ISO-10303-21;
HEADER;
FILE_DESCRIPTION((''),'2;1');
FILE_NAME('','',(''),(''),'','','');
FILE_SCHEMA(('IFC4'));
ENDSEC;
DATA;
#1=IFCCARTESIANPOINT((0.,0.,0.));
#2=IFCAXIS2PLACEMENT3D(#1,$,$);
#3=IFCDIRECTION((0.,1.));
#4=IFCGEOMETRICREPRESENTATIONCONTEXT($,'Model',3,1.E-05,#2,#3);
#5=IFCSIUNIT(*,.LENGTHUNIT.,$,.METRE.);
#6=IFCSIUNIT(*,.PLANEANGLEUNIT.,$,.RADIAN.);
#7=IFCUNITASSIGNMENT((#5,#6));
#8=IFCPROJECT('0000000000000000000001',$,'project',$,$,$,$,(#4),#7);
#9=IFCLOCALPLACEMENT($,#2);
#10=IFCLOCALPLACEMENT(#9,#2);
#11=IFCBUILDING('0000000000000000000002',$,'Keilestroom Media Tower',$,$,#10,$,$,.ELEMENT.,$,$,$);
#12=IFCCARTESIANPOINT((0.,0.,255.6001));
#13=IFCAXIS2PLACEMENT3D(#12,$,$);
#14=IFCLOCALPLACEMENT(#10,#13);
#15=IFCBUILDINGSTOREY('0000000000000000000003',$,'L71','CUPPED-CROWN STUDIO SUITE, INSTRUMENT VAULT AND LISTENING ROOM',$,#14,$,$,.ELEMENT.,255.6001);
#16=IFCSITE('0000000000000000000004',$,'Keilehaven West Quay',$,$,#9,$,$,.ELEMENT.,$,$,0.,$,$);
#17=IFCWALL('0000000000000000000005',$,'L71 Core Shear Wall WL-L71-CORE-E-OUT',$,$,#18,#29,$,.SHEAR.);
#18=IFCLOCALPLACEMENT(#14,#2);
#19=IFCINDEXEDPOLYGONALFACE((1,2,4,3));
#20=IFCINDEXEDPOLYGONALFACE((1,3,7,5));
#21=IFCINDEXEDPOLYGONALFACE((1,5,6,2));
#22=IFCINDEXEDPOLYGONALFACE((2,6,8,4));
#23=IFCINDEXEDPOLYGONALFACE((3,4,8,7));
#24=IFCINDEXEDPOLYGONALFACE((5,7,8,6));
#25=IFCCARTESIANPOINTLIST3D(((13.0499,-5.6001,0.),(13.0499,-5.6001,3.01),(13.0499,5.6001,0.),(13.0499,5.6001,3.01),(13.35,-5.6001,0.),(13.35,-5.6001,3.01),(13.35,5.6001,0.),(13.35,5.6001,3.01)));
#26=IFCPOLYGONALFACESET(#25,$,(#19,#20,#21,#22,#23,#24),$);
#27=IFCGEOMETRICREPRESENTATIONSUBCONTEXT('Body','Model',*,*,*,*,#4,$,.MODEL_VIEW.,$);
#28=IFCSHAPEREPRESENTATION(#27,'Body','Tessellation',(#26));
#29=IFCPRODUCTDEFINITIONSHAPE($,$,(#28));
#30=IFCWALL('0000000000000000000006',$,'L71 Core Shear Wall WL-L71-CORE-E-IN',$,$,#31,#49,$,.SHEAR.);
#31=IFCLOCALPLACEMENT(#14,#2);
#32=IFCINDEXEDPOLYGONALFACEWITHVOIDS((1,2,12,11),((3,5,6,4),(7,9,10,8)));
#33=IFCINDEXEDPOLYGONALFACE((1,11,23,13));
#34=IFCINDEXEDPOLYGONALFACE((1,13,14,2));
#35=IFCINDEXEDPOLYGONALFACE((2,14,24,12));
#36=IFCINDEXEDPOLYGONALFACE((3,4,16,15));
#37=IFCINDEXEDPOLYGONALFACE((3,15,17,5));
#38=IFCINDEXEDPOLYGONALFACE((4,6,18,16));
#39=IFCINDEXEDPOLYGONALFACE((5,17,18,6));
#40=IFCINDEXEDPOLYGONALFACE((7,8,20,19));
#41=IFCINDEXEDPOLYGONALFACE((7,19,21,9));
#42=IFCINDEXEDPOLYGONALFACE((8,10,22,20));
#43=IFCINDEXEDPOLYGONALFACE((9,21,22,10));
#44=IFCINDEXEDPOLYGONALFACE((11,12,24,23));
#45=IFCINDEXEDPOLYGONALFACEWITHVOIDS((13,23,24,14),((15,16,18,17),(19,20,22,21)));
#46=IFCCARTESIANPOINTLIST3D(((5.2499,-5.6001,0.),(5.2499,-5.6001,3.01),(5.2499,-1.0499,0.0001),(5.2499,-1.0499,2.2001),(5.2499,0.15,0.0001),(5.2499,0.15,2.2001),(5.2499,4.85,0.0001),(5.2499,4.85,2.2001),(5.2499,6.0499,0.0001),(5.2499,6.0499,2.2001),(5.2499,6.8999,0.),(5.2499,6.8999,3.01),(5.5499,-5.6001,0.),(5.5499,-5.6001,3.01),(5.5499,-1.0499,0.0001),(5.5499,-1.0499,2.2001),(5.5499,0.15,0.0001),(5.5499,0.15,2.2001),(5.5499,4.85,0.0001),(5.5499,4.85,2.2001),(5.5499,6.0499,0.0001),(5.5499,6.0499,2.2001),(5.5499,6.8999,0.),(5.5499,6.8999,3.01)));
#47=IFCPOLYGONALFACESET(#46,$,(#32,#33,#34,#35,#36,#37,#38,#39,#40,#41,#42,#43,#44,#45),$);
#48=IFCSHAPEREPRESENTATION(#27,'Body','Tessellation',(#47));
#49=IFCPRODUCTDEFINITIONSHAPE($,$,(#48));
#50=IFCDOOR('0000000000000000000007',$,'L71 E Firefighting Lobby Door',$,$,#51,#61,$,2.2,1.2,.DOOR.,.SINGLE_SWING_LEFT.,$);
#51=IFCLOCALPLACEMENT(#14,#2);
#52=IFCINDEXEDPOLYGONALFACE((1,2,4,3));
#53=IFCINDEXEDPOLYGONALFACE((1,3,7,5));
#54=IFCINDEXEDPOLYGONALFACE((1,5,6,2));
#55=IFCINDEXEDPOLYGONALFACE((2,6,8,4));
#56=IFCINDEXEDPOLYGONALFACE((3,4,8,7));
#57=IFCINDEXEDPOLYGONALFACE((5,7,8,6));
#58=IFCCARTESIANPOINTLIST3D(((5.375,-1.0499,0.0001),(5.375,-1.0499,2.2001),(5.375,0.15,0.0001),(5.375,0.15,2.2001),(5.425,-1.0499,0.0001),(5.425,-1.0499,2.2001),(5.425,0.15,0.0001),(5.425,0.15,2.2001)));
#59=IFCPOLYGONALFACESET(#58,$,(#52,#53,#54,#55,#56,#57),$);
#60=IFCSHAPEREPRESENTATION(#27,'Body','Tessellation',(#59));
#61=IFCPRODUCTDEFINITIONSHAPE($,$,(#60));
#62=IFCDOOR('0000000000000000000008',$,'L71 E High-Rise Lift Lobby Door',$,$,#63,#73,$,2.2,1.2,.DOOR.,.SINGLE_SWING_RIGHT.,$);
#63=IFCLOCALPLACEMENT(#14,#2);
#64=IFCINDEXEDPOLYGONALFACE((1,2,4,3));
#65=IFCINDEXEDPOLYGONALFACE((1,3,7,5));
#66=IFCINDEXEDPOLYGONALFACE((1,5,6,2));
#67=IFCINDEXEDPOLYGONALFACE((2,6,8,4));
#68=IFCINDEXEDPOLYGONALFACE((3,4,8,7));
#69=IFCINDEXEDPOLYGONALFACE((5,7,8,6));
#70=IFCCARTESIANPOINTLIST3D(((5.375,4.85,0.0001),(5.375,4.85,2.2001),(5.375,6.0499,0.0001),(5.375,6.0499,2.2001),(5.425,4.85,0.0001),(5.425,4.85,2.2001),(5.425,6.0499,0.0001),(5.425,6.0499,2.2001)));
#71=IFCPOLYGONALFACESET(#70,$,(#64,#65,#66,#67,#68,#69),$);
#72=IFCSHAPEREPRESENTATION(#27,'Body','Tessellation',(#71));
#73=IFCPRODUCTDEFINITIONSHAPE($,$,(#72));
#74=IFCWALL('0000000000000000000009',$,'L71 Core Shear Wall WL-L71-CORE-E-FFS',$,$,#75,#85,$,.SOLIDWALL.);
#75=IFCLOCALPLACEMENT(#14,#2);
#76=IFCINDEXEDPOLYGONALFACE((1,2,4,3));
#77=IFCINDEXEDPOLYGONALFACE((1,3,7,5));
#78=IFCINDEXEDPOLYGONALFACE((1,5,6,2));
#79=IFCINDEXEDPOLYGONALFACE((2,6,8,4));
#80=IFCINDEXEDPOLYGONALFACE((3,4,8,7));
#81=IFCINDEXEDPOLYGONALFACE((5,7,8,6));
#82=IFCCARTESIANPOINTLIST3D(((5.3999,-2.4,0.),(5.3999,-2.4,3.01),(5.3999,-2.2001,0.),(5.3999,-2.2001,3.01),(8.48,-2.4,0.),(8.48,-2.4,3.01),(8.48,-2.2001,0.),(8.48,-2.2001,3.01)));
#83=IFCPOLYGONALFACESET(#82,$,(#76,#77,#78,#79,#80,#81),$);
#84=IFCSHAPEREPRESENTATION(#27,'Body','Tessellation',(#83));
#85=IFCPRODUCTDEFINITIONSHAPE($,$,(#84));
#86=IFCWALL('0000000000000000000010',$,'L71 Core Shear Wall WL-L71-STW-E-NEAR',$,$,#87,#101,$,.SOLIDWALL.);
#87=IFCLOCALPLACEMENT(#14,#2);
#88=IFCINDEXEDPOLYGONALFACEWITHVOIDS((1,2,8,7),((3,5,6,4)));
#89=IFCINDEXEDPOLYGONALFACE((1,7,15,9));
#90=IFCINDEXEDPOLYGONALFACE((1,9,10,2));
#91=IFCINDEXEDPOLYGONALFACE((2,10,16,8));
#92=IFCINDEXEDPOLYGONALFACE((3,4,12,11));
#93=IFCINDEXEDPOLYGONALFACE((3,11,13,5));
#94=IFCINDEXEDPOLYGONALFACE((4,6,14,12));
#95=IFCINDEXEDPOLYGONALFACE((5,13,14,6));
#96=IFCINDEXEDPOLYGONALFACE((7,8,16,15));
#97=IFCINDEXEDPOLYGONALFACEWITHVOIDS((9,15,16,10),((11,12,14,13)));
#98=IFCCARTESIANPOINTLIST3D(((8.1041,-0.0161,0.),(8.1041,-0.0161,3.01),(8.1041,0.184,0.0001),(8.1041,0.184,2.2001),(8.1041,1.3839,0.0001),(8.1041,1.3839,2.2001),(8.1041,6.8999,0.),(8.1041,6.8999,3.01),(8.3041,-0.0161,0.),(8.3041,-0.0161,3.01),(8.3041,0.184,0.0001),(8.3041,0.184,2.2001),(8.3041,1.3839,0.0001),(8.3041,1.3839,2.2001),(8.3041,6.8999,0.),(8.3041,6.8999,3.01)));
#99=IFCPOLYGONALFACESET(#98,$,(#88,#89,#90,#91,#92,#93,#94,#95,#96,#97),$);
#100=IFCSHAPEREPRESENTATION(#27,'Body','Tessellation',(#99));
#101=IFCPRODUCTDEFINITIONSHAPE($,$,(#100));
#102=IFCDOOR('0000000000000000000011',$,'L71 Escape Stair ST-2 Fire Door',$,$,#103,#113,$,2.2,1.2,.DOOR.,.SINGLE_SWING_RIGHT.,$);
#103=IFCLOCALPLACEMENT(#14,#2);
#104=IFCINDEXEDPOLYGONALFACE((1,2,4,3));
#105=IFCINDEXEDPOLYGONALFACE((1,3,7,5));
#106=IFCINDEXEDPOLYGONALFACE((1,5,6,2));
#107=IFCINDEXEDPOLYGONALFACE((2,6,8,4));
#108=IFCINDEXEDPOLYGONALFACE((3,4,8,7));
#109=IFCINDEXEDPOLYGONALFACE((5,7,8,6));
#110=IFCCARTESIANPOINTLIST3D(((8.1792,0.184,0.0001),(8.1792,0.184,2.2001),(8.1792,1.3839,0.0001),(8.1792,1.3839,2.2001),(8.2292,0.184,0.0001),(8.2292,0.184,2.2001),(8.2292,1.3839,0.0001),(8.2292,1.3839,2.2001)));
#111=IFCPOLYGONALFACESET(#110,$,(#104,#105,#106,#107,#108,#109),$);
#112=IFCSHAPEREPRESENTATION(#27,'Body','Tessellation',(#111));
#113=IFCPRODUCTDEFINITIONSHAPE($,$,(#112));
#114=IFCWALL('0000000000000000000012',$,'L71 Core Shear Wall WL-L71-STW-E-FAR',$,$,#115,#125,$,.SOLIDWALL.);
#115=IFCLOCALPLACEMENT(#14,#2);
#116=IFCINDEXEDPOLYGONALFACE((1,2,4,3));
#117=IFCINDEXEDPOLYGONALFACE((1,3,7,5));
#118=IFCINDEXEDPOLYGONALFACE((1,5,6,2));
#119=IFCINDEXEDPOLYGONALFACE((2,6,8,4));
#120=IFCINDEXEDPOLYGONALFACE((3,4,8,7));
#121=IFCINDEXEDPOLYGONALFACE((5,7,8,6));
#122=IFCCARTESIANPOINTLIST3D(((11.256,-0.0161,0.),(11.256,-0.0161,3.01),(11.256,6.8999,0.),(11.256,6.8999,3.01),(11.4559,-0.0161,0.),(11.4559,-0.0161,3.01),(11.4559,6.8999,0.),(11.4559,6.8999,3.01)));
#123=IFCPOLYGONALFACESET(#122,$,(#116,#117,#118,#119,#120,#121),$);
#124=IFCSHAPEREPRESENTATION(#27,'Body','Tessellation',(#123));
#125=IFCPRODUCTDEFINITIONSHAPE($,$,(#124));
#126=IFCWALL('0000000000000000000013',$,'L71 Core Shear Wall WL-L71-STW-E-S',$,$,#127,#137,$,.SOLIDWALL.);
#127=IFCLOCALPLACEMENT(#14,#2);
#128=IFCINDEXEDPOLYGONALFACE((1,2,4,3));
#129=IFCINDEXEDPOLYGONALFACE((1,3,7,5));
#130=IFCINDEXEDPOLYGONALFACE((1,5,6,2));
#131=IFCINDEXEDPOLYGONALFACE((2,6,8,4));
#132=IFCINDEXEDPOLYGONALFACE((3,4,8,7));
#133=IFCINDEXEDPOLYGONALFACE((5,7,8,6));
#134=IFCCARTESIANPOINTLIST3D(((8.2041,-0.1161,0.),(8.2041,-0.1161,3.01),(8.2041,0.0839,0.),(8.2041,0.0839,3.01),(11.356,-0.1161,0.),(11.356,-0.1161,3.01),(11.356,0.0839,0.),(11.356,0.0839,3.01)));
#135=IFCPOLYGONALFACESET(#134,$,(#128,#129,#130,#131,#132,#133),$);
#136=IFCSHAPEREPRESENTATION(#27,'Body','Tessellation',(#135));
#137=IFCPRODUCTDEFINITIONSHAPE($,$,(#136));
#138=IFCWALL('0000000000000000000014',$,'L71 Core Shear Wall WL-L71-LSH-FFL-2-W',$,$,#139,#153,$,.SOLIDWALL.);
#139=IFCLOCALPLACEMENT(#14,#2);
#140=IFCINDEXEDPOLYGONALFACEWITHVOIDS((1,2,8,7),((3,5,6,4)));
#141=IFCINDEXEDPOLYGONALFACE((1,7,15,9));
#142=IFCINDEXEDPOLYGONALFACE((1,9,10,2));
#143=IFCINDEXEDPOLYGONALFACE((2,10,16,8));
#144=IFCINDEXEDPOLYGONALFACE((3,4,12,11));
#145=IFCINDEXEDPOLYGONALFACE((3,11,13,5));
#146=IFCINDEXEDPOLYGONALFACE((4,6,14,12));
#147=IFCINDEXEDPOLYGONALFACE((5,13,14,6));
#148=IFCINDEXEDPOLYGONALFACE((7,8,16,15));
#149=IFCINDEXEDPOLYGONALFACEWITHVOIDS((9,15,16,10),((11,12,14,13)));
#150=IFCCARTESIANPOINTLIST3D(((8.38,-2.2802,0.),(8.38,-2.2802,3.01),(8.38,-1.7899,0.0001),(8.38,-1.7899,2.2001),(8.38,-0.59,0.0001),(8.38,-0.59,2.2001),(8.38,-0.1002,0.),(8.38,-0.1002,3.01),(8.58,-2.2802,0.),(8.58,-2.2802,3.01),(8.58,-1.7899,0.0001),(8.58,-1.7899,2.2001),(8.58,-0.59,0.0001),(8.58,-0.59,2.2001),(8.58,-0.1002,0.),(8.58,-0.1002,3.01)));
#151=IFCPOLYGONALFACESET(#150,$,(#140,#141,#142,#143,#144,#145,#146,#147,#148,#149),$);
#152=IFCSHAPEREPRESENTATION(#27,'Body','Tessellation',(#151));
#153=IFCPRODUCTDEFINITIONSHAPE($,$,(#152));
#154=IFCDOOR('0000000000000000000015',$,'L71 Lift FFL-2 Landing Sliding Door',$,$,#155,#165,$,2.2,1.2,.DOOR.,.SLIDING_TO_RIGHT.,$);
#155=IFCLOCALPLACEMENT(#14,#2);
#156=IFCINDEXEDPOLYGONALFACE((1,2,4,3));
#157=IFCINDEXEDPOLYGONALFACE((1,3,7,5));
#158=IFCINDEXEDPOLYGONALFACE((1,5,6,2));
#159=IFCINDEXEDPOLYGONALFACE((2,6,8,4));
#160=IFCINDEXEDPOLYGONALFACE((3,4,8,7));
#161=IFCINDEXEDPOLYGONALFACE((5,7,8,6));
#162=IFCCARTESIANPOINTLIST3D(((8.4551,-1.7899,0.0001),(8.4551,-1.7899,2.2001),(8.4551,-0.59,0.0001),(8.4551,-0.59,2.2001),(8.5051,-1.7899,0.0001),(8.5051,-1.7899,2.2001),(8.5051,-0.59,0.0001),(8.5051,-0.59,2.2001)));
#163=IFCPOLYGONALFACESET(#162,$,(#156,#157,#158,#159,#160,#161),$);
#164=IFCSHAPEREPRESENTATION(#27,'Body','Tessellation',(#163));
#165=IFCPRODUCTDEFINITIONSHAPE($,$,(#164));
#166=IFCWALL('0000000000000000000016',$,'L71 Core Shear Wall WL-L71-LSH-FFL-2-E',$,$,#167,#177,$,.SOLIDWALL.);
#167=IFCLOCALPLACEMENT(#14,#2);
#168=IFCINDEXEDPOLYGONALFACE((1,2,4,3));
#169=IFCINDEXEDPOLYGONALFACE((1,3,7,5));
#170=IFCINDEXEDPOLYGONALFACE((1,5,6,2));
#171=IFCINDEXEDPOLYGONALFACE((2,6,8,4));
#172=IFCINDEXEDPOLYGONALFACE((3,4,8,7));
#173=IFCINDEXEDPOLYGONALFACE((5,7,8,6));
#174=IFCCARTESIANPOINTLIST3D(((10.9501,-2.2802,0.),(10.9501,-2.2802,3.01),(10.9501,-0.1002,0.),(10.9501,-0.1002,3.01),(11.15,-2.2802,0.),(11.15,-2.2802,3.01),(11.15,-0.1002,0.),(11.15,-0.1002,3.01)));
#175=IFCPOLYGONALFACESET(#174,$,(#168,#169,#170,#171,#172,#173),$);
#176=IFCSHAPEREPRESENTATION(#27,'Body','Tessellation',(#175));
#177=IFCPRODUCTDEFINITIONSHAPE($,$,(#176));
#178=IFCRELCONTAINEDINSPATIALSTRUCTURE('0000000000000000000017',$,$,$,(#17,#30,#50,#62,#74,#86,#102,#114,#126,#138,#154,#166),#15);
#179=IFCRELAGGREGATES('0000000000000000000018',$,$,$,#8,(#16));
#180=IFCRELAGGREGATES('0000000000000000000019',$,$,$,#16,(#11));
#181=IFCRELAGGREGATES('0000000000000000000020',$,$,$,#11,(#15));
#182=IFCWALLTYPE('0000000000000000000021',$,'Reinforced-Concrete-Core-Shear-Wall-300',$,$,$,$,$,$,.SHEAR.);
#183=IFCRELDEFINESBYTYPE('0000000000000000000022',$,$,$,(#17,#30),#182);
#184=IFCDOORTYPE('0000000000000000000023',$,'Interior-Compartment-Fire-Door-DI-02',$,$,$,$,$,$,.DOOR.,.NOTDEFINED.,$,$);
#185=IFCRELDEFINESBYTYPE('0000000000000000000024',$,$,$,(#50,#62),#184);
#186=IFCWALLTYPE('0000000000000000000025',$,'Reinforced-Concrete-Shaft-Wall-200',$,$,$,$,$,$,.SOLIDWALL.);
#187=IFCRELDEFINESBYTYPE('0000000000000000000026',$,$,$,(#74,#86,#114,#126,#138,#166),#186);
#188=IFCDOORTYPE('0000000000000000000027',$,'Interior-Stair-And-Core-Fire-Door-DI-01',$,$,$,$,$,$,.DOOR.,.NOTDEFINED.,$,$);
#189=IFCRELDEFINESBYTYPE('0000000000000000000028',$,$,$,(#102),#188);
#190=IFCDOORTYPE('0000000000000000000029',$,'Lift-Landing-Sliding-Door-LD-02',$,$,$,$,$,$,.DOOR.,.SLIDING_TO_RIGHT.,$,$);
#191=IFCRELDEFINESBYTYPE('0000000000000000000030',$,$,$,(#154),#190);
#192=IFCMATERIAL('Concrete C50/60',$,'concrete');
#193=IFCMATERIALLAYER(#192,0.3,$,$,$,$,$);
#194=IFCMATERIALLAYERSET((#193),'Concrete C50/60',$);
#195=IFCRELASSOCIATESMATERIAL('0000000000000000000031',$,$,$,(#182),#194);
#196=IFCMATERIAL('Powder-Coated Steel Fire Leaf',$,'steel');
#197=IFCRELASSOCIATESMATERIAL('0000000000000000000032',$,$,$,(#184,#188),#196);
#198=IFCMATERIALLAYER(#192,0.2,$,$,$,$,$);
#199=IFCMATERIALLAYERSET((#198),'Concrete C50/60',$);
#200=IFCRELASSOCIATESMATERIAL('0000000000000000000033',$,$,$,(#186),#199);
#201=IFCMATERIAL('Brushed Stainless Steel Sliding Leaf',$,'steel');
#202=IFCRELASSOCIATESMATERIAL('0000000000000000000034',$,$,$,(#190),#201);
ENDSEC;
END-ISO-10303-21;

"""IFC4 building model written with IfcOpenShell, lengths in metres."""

from ifc_helpers import new_model, si_unit, direction, frame, frame_2d, origin, place, context, subcontext, project, spatial, rectangle, extrude, source, transform, mapped, material, layer, layer_set, type_object, element, fill, save


model = new_model("IFC4")

# Units and contexts
model_context = context("Model", 3, precision=1e-05, world=origin(), true_north=direction((0.0, 1.0)))
body_context = subcontext(model_context, "Body", "Model", "MODEL_VIEW")
ifc_project = project(units=[si_unit("LENGTHUNIT", "METRE"), si_unit("PLANEANGLEUNIT", "RADIAN")], contexts=[model_context])

# Site, building, storey
site_placement = place(None, origin())
site = spatial("IfcSite", under=ifc_project, at=site_placement, Name="Keilehaven West Quay", CompositionType="ELEMENT", RefElevation=0.0)
building_placement = place(site_placement, origin())
building = spatial("IfcBuilding", under=site, at=building_placement, Name="Keilestroom Media Tower", CompositionType="ELEMENT")
storey_placement = place(building_placement, frame((0.0, 0.0, 255.6001)))
storey = spatial("IfcBuildingStorey", under=building, at=storey_placement, Name="L71", Description="CUPPED-CROWN STUDIO SUITE, INSTRUMENT VAULT AND LISTENING ROOM", CompositionType="ELEMENT", Elevation=255.6001)

# Shared definitions
ifc_material_1 = material(Name="Concrete C50/60", Category="concrete")

# Wall
ifc_layer_1 = layer(ifc_material_1, 0.3)
ifc_layer_set_1 = layer_set([ifc_layer_1], Name="Concrete C50/60")
wall_type_1 = type_object("IfcWallType", Name="Reinforced-Concrete-Core-Shear-Wall-300", PredefinedType="SHEAR", material=ifc_layer_set_1)
wall_1_placement = place(storey_placement, frame((13.2, -5.6001, 0.0), z_axis=(0.0, 0.0, 1.0), x_axis=(0.0, 1.0, 0.0)))
element("IfcWall", 1, at=wall_1_placement, inside=storey, type_object=wall_type_1, Name="L71 Core Shear Wall WL-L71-CORE-E-OUT", PredefinedType="SHEAR", context=body_context, shape_type="SweptSolid", body=[
    extrude(rectangle(XDim=11.2002, YDim=0.3, at=frame_2d((5.6001, 0.0))), origin(), (0.0, 0.0, 1.0), 3.01),
])

# Wall, openings, doors
wall_2_placement = place(storey_placement, frame((5.3999, -5.6001, 0.0), z_axis=(0.0, 0.0, 1.0), x_axis=(0.0, 1.0, 0.0)))
wall_2 = element("IfcWall", 2, at=wall_2_placement, inside=storey, type_object=wall_type_1, Name="L71 Core Shear Wall WL-L71-CORE-E-IN", PredefinedType="SHEAR", context=body_context, shape_type="SweptSolid", body=[
    extrude(rectangle(XDim=12.5, YDim=0.3, at=frame_2d((6.25, 0.0))), origin(), (0.0, 0.0, 1.0), 3.01),
])
opening_1_placement = place(wall_2_placement, frame((4.55, 0.0, 0.0)))
opening_1 = element("IfcOpeningElement", 3, at=opening_1_placement, cuts=wall_2, PredefinedType="OPENING", context=body_context, shape_type="SweptSolid", body=[
    extrude(rectangle(XDim=1.2, YDim=2.2, at=frame_2d((0.6001, 1.1001))), frame((0.0, 0.1602, 0.0), z_axis=(0.0, -1.0, 0.0), x_axis=(1.0, 0.0, 0.0)), (0.0, 0.0, 1.0), 0.3201),
])
opening_2_placement = place(wall_2_placement, frame((10.45, 0.0, 0.0)))
opening_2 = element("IfcOpeningElement", 4, at=opening_2_placement, cuts=wall_2, PredefinedType="OPENING", context=body_context, shape_type="SweptSolid", body=[
    extrude(rectangle(XDim=1.2, YDim=2.2, at=frame_2d((0.6001, 1.1001))), frame((0.0, 0.1602, 0.0), z_axis=(0.0, -1.0, 0.0), x_axis=(1.0, 0.0, 0.0)), (0.0, 0.0, 1.0), 0.3201),
])
ifc_material_2 = material(Name="Powder-Coated Steel Fire Leaf", Category="steel")
door_type_1 = type_object("IfcDoorType", Name="Interior-Compartment-Fire-Door-DI-02", OperationType="NOTDEFINED", PredefinedType="DOOR", material=ifc_material_2)
shared_shape_1 = source(origin(), body_context, "Body", "SweptSolid", [
    extrude(rectangle(XDim=1.2, YDim=2.2, at=frame_2d((0.6001, 1.1001))), frame((0.0, 0.0249, 0.0), z_axis=(0.0, -1.0, 0.0), x_axis=(1.0, 0.0, 0.0)), (0.0, 0.0, 1.0), 0.05),
])
door_1_placement = place(opening_1_placement, origin())
door_1 = element("IfcDoor", 5, at=door_1_placement, inside=storey, type_object=door_type_1, Name="L71 E Firefighting Lobby Door", OperationType="SINGLE_SWING_LEFT", OverallHeight=2.2, OverallWidth=1.2, PredefinedType="DOOR", context=body_context, shape_type="MappedRepresentation", body=[
    mapped(shared_shape_1, transform((0.0, 0.0, 0.0), x_axis=(1.0, 0.0, 0.0), y_axis=(0.0, 1.0, 0.0), z_axis=(0.0, 0.0, 1.0), scale=1.0)),
])
fill(opening_1, door_1)
door_2_placement = place(opening_2_placement, origin())
door_2 = element("IfcDoor", 6, at=door_2_placement, inside=storey, type_object=door_type_1, Name="L71 E High-Rise Lift Lobby Door", OperationType="SINGLE_SWING_RIGHT", OverallHeight=2.2, OverallWidth=1.2, PredefinedType="DOOR", context=body_context, shape_type="MappedRepresentation", body=[
    mapped(shared_shape_1, transform((0.0, 0.0, 0.0), x_axis=(1.0, 0.0, 0.0), y_axis=(0.0, 1.0, 0.0), z_axis=(0.0, 0.0, 1.0), scale=1.0)),
])
fill(opening_2, door_2)

# Wall
ifc_layer_2 = layer(ifc_material_1, 0.2)
ifc_layer_set_2 = layer_set([ifc_layer_2], Name="Concrete C50/60")
wall_type_2 = type_object("IfcWallType", Name="Reinforced-Concrete-Shaft-Wall-200", PredefinedType="SOLIDWALL", material=ifc_layer_set_2)
wall_3_placement = place(storey_placement, frame((5.3999, -2.3, 0.0), z_axis=(0.0, 0.0, 1.0), x_axis=(1.0, 0.0, 0.0)))
element("IfcWall", 7, at=wall_3_placement, inside=storey, type_object=wall_type_2, Name="L71 Core Shear Wall WL-L71-CORE-E-FFS", PredefinedType="SOLIDWALL", context=body_context, shape_type="SweptSolid", body=[
    extrude(rectangle(XDim=3.0801, YDim=0.2, at=frame_2d((1.54, 0.0))), origin(), (0.0, 0.0, 1.0), 3.01),
])

# Wall, opening, door
wall_4_placement = place(storey_placement, frame((8.2041, -0.0161, 0.0), z_axis=(0.0, 0.0, 1.0), x_axis=(0.0, 1.0, 0.0)))
wall_4 = element("IfcWall", 8, at=wall_4_placement, inside=storey, type_object=wall_type_2, Name="L71 Core Shear Wall WL-L71-STW-E-NEAR", PredefinedType="SOLIDWALL", context=body_context, shape_type="SweptSolid", body=[
    extrude(rectangle(XDim=6.916, YDim=0.2, at=frame_2d((3.458, 0.0))), origin(), (0.0, 0.0, 1.0), 3.01),
])
opening_3_placement = place(wall_4_placement, frame((0.2, 0.0, 0.0)))
opening_3 = element("IfcOpeningElement", 9, at=opening_3_placement, cuts=wall_4, PredefinedType="OPENING", context=body_context, shape_type="SweptSolid", body=[
    extrude(rectangle(XDim=1.2, YDim=2.2, at=frame_2d((0.6001, 1.1001))), frame((0.0, 0.1099, 0.0), z_axis=(0.0, -1.0, 0.0), x_axis=(1.0, 0.0, 0.0)), (0.0, 0.0, 1.0), 0.22),
])
door_type_2 = type_object("IfcDoorType", Name="Interior-Stair-And-Core-Fire-Door-DI-01", OperationType="NOTDEFINED", PredefinedType="DOOR", material=ifc_material_2)
door_3_placement = place(opening_3_placement, origin())
door_3 = element("IfcDoor", 10, at=door_3_placement, inside=storey, type_object=door_type_2, Name="L71 Escape Stair ST-2 Fire Door", OperationType="SINGLE_SWING_RIGHT", OverallHeight=2.2, OverallWidth=1.2, PredefinedType="DOOR", context=body_context, shape_type="MappedRepresentation", body=[
    mapped(shared_shape_1, transform((0.0, 0.0, 0.0), x_axis=(1.0, 0.0, 0.0), y_axis=(0.0, 1.0, 0.0), z_axis=(0.0, 0.0, 1.0), scale=1.0)),
])
fill(opening_3, door_3)

# Walls
wall_5_placement = place(storey_placement, frame((11.356, -0.0161, 0.0), z_axis=(0.0, 0.0, 1.0), x_axis=(0.0, 1.0, 0.0)))
element("IfcWall", 11, at=wall_5_placement, inside=storey, type_object=wall_type_2, Name="L71 Core Shear Wall WL-L71-STW-E-FAR", PredefinedType="SOLIDWALL", context=body_context, shape_type="SweptSolid", body=[
    extrude(rectangle(XDim=6.916, YDim=0.2, at=frame_2d((3.458, 0.0))), origin(), (0.0, 0.0, 1.0), 3.01),
])
wall_6_placement = place(storey_placement, frame((8.2041, -0.0161, 0.0), z_axis=(0.0, 0.0, 1.0), x_axis=(1.0, 0.0, 0.0)))
element("IfcWall", 12, at=wall_6_placement, inside=storey, type_object=wall_type_2, Name="L71 Core Shear Wall WL-L71-STW-E-S", PredefinedType="SOLIDWALL", context=body_context, shape_type="SweptSolid", body=[
    extrude(rectangle(XDim=3.1519, YDim=0.2, at=frame_2d((1.5759, 0.0))), origin(), (0.0, 0.0, 1.0), 3.01),
])

# Wall, opening, door
wall_7_placement = place(storey_placement, frame((8.48, -2.28, 0.0), z_axis=(0.0, 0.0, 1.0), x_axis=(0.0, 1.0, 0.0)))
wall_7 = element("IfcWall", 13, at=wall_7_placement, inside=storey, type_object=wall_type_2, Name="L71 Core Shear Wall WL-L71-LSH-FFL-2-W", PredefinedType="SOLIDWALL", context=body_context, shape_type="SweptSolid", body=[
    extrude(rectangle(XDim=2.1799, YDim=0.2, at=frame_2d((1.0898, 0.0))), origin(), (0.0, 0.0, 1.0), 3.01),
])
opening_4_placement = place(wall_7_placement, frame((0.49, 0.0, 0.0)))
opening_4 = element("IfcOpeningElement", 14, at=opening_4_placement, cuts=wall_7, PredefinedType="OPENING", context=body_context, shape_type="SweptSolid", body=[
    extrude(rectangle(XDim=1.2, YDim=2.2, at=frame_2d((0.6001, 1.1001))), frame((0.0, 0.1099, 0.0), z_axis=(0.0, -1.0, 0.0), x_axis=(1.0, 0.0, 0.0)), (0.0, 0.0, 1.0), 0.22),
])
ifc_material_3 = material(Name="Brushed Stainless Steel Sliding Leaf", Category="steel")
door_type_3 = type_object("IfcDoorType", Name="Lift-Landing-Sliding-Door-LD-02", OperationType="SLIDING_TO_RIGHT", PredefinedType="DOOR", material=ifc_material_3)
door_4_placement = place(opening_4_placement, origin())
door_4 = element("IfcDoor", 15, at=door_4_placement, inside=storey, type_object=door_type_3, Name="L71 Lift FFL-2 Landing Sliding Door", OperationType="SLIDING_TO_RIGHT", OverallHeight=2.2, OverallWidth=1.2, PredefinedType="DOOR", context=body_context, shape_type="MappedRepresentation", body=[
    mapped(shared_shape_1, transform((0.0, 0.0, 0.0), x_axis=(1.0, 0.0, 0.0), y_axis=(0.0, 1.0, 0.0), z_axis=(0.0, 0.0, 1.0), scale=1.0)),
])
fill(opening_4, door_4)

# Wall
wall_8_placement = place(storey_placement, frame((11.05, -2.28, 0.0), z_axis=(0.0, 0.0, 1.0), x_axis=(0.0, 1.0, 0.0)))
element("IfcWall", 16, at=wall_8_placement, inside=storey, type_object=wall_type_2, Name="L71 Core Shear Wall WL-L71-LSH-FFL-2-E", PredefinedType="SOLIDWALL", context=body_context, shape_type="SweptSolid", body=[
    extrude(rectangle(XDim=2.1799, YDim=0.2, at=frame_2d((1.0898, 0.0))), origin(), (0.0, 0.0, 1.0), 3.01),
])

save(model, "model.ifc")
